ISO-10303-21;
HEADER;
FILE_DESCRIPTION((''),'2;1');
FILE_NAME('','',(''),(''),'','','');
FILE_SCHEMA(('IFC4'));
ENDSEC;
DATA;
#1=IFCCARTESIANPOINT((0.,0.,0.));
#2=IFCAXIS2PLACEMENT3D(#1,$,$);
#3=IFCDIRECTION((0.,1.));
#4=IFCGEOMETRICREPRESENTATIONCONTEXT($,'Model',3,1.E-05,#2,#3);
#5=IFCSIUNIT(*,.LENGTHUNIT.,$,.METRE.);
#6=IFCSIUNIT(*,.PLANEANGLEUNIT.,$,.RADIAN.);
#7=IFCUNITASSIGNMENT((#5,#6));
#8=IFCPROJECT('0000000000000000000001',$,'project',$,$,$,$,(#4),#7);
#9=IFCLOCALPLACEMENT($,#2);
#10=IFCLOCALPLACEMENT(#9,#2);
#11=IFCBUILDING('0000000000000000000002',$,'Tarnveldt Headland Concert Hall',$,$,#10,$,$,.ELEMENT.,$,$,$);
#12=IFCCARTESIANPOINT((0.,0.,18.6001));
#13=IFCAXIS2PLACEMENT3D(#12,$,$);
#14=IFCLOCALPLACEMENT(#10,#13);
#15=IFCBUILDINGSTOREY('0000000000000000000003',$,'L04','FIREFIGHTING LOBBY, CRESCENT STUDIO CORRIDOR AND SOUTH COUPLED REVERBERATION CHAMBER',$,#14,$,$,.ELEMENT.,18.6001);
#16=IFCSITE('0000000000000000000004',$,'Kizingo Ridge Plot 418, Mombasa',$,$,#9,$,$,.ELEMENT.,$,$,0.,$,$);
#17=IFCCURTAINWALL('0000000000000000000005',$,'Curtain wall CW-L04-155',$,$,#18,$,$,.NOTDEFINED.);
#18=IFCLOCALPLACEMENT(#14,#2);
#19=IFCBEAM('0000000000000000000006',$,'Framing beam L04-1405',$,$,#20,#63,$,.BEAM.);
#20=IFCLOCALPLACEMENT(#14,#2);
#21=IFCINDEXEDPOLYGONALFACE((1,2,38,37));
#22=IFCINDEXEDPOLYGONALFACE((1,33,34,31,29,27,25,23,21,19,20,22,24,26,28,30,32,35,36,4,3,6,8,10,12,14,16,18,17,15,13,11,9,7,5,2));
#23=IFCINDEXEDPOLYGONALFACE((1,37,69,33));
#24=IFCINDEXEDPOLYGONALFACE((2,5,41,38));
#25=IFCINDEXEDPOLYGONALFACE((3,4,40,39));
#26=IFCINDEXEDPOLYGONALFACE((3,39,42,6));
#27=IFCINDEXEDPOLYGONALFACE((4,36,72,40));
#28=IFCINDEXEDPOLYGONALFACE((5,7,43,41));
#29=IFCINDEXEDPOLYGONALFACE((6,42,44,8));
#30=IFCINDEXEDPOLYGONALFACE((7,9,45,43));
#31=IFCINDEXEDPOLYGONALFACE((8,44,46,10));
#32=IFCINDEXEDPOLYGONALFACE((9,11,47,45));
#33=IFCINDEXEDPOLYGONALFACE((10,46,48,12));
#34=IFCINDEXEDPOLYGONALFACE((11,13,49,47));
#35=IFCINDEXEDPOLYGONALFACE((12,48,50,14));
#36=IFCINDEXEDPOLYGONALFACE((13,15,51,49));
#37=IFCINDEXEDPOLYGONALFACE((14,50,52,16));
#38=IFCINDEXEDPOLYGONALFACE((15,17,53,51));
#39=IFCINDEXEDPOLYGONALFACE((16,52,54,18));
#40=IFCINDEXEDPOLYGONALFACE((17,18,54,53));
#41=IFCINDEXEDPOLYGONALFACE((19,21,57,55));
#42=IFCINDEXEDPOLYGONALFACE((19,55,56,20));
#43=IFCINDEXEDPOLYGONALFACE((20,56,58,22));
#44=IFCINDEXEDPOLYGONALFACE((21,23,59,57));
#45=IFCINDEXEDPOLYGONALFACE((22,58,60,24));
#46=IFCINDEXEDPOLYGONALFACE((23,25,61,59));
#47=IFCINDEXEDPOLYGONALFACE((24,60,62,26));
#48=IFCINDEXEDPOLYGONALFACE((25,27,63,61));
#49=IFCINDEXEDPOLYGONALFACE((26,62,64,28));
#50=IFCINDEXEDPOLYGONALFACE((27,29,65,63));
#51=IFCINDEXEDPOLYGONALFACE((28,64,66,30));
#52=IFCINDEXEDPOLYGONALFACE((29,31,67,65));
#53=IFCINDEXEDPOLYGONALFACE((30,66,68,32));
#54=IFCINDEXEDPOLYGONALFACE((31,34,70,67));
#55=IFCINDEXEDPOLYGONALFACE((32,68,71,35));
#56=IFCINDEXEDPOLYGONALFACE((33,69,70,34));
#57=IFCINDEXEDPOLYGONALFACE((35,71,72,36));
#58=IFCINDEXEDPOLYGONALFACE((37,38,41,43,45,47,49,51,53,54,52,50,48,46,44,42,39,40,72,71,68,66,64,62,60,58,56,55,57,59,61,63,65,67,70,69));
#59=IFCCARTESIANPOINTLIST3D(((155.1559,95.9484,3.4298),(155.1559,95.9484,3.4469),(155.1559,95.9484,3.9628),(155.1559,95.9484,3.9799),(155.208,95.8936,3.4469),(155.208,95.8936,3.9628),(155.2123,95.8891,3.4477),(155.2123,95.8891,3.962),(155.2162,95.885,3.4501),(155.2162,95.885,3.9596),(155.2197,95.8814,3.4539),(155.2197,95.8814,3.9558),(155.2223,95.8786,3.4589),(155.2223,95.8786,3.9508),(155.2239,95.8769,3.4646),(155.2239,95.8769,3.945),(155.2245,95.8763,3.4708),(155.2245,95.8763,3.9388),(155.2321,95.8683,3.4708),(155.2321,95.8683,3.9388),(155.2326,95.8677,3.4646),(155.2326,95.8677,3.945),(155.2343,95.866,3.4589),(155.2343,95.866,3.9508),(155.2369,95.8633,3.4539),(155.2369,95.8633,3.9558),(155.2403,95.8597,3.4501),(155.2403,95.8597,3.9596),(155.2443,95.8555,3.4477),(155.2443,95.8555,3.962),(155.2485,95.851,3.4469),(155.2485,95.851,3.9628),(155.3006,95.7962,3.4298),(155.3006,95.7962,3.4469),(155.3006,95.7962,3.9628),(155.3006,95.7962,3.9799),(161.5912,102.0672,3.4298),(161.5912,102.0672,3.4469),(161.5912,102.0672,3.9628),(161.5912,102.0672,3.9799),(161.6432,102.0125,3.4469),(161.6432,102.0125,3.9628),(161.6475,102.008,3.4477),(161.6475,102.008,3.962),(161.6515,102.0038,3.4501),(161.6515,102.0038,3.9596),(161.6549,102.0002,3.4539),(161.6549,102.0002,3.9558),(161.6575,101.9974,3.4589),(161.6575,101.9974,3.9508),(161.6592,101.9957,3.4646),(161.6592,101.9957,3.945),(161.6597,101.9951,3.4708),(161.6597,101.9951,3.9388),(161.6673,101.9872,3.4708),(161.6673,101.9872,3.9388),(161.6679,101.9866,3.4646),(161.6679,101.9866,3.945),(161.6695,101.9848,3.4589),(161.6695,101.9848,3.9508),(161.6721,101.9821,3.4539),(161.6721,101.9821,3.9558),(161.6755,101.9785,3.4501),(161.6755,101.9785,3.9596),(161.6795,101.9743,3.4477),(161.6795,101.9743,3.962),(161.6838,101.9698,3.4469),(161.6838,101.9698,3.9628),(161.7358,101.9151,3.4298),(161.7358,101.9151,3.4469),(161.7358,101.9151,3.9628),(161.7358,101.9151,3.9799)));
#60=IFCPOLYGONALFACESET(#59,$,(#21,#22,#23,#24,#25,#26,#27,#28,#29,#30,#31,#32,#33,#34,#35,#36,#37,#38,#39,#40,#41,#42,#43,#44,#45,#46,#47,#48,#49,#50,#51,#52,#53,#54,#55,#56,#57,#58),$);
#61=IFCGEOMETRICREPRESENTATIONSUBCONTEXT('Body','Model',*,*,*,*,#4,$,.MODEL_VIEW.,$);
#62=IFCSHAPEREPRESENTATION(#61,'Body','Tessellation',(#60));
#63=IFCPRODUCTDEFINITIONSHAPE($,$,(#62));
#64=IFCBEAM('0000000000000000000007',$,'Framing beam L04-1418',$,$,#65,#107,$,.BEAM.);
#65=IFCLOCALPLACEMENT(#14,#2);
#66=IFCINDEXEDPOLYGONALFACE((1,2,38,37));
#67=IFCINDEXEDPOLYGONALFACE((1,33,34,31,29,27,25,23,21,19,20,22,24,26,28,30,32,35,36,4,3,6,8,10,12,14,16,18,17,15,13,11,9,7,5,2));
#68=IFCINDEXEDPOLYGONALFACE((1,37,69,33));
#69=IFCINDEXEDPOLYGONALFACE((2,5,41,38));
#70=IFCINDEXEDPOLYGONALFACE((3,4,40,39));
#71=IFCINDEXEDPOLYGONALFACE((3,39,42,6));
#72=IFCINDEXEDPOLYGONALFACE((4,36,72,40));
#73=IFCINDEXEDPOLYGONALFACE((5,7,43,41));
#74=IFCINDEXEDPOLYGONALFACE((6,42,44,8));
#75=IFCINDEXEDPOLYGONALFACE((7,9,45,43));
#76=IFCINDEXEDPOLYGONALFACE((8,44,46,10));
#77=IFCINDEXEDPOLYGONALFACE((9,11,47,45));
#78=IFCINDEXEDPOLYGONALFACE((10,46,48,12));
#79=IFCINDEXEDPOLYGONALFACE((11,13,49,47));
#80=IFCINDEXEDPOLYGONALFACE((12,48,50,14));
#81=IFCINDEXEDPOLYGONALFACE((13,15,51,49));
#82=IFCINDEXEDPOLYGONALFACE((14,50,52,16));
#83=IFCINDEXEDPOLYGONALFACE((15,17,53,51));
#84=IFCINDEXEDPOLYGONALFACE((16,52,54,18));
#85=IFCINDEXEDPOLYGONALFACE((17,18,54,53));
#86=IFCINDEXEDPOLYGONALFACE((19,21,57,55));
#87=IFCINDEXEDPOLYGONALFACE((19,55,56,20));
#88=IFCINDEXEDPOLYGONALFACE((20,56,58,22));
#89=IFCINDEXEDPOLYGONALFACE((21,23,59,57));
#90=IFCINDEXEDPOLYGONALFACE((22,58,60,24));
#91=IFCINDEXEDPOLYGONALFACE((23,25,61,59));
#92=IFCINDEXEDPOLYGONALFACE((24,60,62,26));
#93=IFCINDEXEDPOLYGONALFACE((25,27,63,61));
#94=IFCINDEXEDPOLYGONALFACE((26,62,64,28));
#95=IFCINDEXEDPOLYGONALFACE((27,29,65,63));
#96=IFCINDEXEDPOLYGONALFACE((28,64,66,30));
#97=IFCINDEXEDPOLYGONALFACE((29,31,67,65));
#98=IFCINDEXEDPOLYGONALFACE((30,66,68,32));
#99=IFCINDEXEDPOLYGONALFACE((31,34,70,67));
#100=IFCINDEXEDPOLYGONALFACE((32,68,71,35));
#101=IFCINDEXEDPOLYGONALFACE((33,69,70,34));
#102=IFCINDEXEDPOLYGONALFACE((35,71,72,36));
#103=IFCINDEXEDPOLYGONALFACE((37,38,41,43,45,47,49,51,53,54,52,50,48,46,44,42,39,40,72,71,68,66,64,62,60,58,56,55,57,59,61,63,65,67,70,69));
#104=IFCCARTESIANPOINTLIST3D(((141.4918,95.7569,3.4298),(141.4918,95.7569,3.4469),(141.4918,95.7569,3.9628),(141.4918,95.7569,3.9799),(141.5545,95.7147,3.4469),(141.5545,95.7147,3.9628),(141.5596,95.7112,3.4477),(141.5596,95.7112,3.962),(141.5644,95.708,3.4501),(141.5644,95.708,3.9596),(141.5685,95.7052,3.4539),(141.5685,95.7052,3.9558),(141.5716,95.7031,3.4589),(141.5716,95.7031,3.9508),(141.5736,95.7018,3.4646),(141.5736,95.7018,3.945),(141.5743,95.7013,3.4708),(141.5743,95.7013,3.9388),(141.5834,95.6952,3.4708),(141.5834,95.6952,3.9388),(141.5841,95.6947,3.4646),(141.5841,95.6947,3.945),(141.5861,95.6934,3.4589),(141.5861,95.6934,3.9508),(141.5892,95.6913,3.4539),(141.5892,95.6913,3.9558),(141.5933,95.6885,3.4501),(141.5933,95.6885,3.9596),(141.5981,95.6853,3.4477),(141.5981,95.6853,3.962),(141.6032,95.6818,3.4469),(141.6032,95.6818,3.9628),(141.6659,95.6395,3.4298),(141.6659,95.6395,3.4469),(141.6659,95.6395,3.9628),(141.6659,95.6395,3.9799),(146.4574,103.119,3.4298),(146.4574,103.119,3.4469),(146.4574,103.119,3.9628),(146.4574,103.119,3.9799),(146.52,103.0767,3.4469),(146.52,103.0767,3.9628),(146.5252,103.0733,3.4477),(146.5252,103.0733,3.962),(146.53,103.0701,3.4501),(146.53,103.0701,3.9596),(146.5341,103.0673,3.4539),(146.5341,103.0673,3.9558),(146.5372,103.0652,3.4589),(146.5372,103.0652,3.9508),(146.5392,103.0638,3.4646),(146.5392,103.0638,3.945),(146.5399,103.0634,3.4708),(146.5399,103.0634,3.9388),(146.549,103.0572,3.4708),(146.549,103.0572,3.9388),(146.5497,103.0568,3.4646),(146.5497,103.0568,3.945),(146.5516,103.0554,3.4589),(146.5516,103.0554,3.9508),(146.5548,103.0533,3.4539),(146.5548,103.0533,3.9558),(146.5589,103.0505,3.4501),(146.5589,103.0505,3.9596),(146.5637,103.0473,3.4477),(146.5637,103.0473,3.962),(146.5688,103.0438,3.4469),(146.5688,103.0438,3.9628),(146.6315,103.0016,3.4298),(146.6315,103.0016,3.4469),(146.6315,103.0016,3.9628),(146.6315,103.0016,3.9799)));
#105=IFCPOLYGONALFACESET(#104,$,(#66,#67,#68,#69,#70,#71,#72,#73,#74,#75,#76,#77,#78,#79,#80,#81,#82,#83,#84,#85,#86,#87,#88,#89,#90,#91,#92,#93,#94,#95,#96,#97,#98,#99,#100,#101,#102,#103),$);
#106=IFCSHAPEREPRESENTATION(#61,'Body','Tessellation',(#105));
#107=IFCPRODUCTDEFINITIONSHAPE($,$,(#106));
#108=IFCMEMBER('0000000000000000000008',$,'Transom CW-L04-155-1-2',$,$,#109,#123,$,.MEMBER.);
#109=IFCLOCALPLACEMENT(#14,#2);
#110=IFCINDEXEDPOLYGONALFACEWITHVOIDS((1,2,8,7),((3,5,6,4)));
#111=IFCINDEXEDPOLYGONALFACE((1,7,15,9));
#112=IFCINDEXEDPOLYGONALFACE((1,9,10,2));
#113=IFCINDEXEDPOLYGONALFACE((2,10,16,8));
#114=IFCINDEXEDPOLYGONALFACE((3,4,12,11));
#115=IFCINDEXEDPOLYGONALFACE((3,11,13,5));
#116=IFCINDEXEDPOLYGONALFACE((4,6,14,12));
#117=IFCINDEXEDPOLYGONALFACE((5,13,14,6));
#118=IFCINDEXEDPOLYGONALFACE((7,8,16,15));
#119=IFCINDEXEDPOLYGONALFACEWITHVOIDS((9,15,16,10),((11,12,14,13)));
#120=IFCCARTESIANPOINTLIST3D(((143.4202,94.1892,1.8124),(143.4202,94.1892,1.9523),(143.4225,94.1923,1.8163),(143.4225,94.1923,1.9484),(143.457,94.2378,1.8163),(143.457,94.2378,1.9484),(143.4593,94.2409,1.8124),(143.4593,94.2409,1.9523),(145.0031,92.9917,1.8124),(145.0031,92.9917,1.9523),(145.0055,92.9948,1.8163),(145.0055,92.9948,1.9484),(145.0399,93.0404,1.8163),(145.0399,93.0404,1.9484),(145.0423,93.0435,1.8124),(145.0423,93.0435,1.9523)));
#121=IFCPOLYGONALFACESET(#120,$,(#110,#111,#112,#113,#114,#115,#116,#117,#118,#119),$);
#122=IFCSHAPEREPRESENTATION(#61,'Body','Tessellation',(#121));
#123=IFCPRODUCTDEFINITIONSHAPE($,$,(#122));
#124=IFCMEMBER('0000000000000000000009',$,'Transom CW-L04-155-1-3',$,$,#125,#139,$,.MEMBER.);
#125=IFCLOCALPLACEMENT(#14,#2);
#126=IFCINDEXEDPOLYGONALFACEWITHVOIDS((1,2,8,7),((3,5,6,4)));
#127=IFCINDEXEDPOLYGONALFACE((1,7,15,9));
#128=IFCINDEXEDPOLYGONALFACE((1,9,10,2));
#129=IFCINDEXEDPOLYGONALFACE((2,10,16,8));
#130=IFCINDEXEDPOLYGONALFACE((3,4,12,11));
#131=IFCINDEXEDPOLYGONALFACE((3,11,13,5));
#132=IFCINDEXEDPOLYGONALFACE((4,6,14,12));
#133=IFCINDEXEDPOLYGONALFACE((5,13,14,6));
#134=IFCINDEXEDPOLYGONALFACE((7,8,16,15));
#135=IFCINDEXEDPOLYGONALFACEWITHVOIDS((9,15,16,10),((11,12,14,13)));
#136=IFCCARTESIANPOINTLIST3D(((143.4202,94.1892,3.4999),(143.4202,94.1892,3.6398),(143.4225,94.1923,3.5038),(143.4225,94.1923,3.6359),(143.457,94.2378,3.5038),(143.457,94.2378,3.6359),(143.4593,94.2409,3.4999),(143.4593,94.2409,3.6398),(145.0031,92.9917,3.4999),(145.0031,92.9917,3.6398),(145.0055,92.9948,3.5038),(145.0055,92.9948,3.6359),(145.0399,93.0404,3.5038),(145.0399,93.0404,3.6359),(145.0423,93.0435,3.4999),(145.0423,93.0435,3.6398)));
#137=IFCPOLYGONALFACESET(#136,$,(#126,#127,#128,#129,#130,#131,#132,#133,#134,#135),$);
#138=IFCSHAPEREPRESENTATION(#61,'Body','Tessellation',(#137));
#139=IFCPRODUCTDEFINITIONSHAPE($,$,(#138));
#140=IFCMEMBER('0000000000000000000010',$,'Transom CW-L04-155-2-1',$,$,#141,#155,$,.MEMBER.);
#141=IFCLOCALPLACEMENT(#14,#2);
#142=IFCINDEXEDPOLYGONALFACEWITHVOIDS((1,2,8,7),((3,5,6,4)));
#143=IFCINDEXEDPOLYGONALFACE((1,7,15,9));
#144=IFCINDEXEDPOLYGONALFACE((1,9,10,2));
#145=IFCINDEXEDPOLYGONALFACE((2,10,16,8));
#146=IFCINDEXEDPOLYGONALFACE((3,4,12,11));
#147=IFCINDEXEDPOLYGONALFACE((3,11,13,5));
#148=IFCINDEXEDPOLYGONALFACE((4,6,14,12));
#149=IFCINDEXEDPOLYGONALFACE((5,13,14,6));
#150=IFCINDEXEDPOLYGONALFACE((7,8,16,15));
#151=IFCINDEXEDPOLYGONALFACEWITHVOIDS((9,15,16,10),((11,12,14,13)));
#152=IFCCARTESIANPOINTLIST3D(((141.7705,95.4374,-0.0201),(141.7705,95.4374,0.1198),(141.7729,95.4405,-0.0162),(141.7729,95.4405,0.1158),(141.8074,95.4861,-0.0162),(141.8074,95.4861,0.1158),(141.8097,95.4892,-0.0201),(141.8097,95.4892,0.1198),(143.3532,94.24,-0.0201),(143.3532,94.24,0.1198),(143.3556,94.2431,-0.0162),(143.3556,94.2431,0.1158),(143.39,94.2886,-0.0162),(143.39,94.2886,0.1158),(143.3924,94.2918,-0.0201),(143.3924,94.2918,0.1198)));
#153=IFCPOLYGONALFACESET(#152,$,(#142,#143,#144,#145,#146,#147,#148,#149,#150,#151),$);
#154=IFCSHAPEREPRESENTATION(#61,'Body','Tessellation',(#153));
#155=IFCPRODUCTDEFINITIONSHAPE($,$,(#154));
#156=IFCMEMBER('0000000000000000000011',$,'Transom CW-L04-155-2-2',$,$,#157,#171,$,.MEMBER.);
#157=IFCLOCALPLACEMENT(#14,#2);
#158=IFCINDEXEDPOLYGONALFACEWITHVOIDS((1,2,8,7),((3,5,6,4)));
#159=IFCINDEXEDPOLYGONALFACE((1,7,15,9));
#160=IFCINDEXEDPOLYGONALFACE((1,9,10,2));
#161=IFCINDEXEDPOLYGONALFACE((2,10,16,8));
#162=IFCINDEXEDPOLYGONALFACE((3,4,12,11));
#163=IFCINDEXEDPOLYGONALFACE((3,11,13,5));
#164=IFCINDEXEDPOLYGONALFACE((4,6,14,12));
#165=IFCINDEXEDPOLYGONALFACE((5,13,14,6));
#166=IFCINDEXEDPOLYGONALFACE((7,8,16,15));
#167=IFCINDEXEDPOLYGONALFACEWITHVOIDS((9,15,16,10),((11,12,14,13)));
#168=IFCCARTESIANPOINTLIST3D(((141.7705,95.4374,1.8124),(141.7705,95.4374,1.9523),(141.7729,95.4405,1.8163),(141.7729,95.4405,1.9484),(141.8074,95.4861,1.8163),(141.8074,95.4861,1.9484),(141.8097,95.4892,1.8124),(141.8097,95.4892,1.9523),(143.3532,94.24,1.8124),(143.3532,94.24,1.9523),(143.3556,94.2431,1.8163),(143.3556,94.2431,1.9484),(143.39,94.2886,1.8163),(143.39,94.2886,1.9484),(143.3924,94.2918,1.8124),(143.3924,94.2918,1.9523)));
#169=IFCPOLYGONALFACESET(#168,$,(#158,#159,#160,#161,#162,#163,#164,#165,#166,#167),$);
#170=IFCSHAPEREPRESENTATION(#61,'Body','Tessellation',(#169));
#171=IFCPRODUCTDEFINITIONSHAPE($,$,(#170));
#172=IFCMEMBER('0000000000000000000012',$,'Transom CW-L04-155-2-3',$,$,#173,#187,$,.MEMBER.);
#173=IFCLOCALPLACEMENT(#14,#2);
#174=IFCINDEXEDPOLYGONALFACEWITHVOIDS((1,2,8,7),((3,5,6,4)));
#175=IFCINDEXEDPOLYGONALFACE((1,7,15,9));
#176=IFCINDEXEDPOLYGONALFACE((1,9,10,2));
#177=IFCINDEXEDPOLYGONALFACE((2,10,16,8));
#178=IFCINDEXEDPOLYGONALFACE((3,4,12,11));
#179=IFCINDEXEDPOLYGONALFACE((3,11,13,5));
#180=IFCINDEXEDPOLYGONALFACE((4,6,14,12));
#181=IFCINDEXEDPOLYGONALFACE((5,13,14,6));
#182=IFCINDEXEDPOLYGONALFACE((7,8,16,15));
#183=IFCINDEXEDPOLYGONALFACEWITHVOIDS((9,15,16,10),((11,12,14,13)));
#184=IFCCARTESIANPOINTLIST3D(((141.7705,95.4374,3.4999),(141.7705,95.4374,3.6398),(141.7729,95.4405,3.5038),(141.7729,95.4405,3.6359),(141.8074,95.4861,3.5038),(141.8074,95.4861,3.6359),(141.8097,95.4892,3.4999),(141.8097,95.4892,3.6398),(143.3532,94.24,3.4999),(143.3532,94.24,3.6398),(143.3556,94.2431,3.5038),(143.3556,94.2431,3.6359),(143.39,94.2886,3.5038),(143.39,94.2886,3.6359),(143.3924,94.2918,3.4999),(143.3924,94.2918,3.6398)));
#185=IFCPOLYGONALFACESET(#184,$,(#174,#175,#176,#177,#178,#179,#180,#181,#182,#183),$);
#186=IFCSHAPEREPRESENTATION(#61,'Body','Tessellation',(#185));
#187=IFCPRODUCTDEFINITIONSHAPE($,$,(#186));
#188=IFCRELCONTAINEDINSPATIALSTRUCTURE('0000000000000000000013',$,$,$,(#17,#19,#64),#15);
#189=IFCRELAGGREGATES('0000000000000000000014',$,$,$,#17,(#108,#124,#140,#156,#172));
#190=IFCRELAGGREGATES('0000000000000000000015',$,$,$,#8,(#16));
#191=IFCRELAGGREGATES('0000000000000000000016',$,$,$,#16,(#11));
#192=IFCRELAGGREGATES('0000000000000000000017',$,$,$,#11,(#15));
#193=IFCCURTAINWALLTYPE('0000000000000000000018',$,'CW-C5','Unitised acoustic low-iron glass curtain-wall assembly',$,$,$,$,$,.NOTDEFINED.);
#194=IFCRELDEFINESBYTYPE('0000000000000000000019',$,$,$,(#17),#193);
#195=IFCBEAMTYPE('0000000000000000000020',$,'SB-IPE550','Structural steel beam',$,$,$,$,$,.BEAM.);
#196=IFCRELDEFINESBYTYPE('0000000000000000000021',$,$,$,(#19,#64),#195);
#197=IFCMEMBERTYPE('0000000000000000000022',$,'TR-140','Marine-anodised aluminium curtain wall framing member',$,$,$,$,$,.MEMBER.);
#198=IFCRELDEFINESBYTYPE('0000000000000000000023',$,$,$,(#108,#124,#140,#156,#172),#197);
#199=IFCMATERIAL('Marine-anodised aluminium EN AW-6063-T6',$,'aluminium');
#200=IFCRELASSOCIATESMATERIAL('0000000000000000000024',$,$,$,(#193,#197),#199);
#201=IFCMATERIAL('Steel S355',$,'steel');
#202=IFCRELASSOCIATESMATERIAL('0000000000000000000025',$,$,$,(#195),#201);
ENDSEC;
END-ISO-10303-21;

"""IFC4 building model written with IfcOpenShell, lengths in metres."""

from ifc_helpers import new_model, si_unit, direction, frame, origin, origin_2d, place, context, subcontext, project, spatial, hollow_rectangle, i_section, extrude, material, material_profile, profile_set, type_object, element, aggregate, save


model = new_model("IFC4")

# Units and contexts
model_context = context("Model", 3, precision=1e-05, world=origin(), true_north=direction((0.0, 1.0)))
body_context = subcontext(model_context, "Body", "Model", "MODEL_VIEW")
ifc_project = project(units=[si_unit("LENGTHUNIT", "METRE"), si_unit("PLANEANGLEUNIT", "RADIAN")], contexts=[model_context])

# Site, building, storey
site_placement = place(None, origin())
site = spatial("IfcSite", under=ifc_project, at=site_placement, Name="Kizingo Ridge Plot 418, Mombasa", CompositionType="ELEMENT", RefElevation=0.0)
building_placement = place(site_placement, origin())
building = spatial("IfcBuilding", under=site, at=building_placement, Name="Tarnveldt Headland Concert Hall", CompositionType="ELEMENT")
storey_placement = place(building_placement, frame((0.0, 0.0, 18.6001)))
storey = spatial("IfcBuildingStorey", under=building, at=storey_placement, Name="L04", Description="FIREFIGHTING LOBBY, CRESCENT STUDIO CORRIDOR AND SOUTH COUPLED REVERBERATION CHAMBER", CompositionType="ELEMENT", Elevation=18.6001)

# Shared definitions
ifc_material_1 = material(Name="Steel S355", Category="steel")

# Curtain wall
ifc_material_2 = material(Name="Marine-anodised aluminium EN AW-6063-T6", Category="aluminium")
curtain_wall_type = type_object("IfcCurtainWallType", Name="CW-C5", Description="Unitised acoustic low-iron glass curtain-wall assembly", PredefinedType="NOTDEFINED", material=ifc_material_2)
curtain_wall_placement = place(storey_placement, origin())
curtain_wall = element("IfcCurtainWall", 1, at=curtain_wall_placement, inside=storey, type_object=curtain_wall_type, Name="Curtain wall CW-L04-155", PredefinedType="NOTDEFINED")

# Beams
ifc_material_profile_1 = material_profile(ifc_material_1, i_section(OverallWidth=0.21, OverallDepth=0.55, WebThickness=0.011, FlangeThickness=0.0171, FilletRadius=0.0239, at=origin_2d()), Name="IPE550", Category="steel")
ifc_profile_set_1 = profile_set([ifc_material_profile_1], Name="Steel S355")
beam_type_1 = type_object("IfcBeamType", Name="SB-IPE550", Description="Structural steel beam", PredefinedType="BEAM", material=ifc_profile_set_1)
beam_1_placement = place(storey_placement, frame((155.2283, 95.8723, 3.7048), z_axis=(0.724698, 0.689067, 0.0), x_axis=(-0.689067, 0.724698, 0.0)))
element("IfcBeam", 2, at=beam_1_placement, inside=storey, type_object=beam_type_1, Name="Framing beam L04-1405", PredefinedType="BEAM", context=body_context, shape_type="SweptSolid", body=[
    extrude(i_section(OverallWidth=0.21, OverallDepth=0.55, WebThickness=0.011, FlangeThickness=0.0171, FilletRadius=0.0239, at=origin_2d()), origin(), (0.0, 0.0, 1.0), 8.8799),
])
beam_2_placement = place(storey_placement, frame((141.5789, 95.6982, 3.7048), z_axis=(0.559178, 0.829048, 0.0), x_axis=(-0.829048, 0.559178, 0.0)))
element("IfcBeam", 3, at=beam_2_placement, inside=storey, type_object=beam_type_1, Name="Framing beam L04-1418", PredefinedType="BEAM", context=body_context, shape_type="SweptSolid", body=[
    extrude(i_section(OverallWidth=0.21, OverallDepth=0.55, WebThickness=0.011, FlangeThickness=0.0171, FilletRadius=0.0239, at=origin_2d()), origin(), (0.0, 0.0, 1.0), 8.8801),
])

# Members
ifc_material_profile_2 = material_profile(ifc_material_2, hollow_rectangle(XDim=0.0649, YDim=0.1399, WallThickness=0.0039, at=origin_2d()), Name="ALU TRANSOM 65x140x4", Category="aluminium")
ifc_profile_set_2 = profile_set([ifc_material_profile_2], Name="Marine-anodised aluminium EN AW-6063-T6")
member_type_1 = type_object("IfcMemberType", Name="TR-140", Description="Marine-anodised aluminium curtain wall framing member", PredefinedType="MEMBER", material=ifc_profile_set_2)
member_1_placement = place(storey_placement, frame((145.0227, 93.0176, 1.8823), z_axis=(-0.797514, 0.603301, 0.0), x_axis=(-0.603301, -0.797514, 0.0)))
member_1 = element("IfcMember", 4, at=member_1_placement, type_object=member_type_1, Name="Transom CW-L04-155-1-2", PredefinedType="MEMBER", context=body_context, shape_type="SweptSolid", body=[
    extrude(hollow_rectangle(XDim=0.0649, YDim=0.1399, WallThickness=0.0039, at=origin_2d()), origin(), (0.0, 0.0, 1.0), 1.9849),
])
member_2_placement = place(storey_placement, frame((145.0227, 93.0176, 3.5698), z_axis=(-0.797514, 0.603301, 0.0), x_axis=(-0.603301, -0.797514, 0.0)))
member_2 = element("IfcMember", 5, at=member_2_placement, type_object=member_type_1, Name="Transom CW-L04-155-1-3", PredefinedType="MEMBER", context=body_context, shape_type="SweptSolid", body=[
    extrude(hollow_rectangle(XDim=0.0649, YDim=0.1399, WallThickness=0.0039, at=origin_2d()), origin(), (0.0, 0.0, 1.0), 1.9849),
])
member_3_placement = place(storey_placement, frame((143.3728, 94.2659, 0.0498), z_axis=(-0.797469, 0.60336, 0.0), x_axis=(-0.60336, -0.797469, 0.0)))
member_3 = element("IfcMember", 6, at=member_3_placement, type_object=member_type_1, Name="Transom CW-L04-155-2-1", PredefinedType="MEMBER", context=body_context, shape_type="SweptSolid", body=[
    extrude(hollow_rectangle(XDim=0.0649, YDim=0.1399, WallThickness=0.0039, at=origin_2d()), origin(), (0.0, 0.0, 1.0), 1.9846),
])
member_4_placement = place(storey_placement, frame((143.3728, 94.2659, 1.8823), z_axis=(-0.797469, 0.60336, 0.0), x_axis=(-0.60336, -0.797469, 0.0)))
member_4 = element("IfcMember", 7, at=member_4_placement, type_object=member_type_1, Name="Transom CW-L04-155-2-2", PredefinedType="MEMBER", context=body_context, shape_type="SweptSolid", body=[
    extrude(hollow_rectangle(XDim=0.0649, YDim=0.1399, WallThickness=0.0039, at=origin_2d()), origin(), (0.0, 0.0, 1.0), 1.9846),
])
member_5_placement = place(storey_placement, frame((143.3728, 94.2659, 3.5698), z_axis=(-0.797469, 0.60336, 0.0), x_axis=(-0.60336, -0.797469, 0.0)))
member_5 = element("IfcMember", 8, at=member_5_placement, type_object=member_type_1, Name="Transom CW-L04-155-2-3", PredefinedType="MEMBER", context=body_context, shape_type="SweptSolid", body=[
    extrude(hollow_rectangle(XDim=0.0649, YDim=0.1399, WallThickness=0.0039, at=origin_2d()), origin(), (0.0, 0.0, 1.0), 1.9846),
])

aggregate(curtain_wall, [member_1, member_2, member_3, member_4, member_5])

save(model, "model.ifc")
